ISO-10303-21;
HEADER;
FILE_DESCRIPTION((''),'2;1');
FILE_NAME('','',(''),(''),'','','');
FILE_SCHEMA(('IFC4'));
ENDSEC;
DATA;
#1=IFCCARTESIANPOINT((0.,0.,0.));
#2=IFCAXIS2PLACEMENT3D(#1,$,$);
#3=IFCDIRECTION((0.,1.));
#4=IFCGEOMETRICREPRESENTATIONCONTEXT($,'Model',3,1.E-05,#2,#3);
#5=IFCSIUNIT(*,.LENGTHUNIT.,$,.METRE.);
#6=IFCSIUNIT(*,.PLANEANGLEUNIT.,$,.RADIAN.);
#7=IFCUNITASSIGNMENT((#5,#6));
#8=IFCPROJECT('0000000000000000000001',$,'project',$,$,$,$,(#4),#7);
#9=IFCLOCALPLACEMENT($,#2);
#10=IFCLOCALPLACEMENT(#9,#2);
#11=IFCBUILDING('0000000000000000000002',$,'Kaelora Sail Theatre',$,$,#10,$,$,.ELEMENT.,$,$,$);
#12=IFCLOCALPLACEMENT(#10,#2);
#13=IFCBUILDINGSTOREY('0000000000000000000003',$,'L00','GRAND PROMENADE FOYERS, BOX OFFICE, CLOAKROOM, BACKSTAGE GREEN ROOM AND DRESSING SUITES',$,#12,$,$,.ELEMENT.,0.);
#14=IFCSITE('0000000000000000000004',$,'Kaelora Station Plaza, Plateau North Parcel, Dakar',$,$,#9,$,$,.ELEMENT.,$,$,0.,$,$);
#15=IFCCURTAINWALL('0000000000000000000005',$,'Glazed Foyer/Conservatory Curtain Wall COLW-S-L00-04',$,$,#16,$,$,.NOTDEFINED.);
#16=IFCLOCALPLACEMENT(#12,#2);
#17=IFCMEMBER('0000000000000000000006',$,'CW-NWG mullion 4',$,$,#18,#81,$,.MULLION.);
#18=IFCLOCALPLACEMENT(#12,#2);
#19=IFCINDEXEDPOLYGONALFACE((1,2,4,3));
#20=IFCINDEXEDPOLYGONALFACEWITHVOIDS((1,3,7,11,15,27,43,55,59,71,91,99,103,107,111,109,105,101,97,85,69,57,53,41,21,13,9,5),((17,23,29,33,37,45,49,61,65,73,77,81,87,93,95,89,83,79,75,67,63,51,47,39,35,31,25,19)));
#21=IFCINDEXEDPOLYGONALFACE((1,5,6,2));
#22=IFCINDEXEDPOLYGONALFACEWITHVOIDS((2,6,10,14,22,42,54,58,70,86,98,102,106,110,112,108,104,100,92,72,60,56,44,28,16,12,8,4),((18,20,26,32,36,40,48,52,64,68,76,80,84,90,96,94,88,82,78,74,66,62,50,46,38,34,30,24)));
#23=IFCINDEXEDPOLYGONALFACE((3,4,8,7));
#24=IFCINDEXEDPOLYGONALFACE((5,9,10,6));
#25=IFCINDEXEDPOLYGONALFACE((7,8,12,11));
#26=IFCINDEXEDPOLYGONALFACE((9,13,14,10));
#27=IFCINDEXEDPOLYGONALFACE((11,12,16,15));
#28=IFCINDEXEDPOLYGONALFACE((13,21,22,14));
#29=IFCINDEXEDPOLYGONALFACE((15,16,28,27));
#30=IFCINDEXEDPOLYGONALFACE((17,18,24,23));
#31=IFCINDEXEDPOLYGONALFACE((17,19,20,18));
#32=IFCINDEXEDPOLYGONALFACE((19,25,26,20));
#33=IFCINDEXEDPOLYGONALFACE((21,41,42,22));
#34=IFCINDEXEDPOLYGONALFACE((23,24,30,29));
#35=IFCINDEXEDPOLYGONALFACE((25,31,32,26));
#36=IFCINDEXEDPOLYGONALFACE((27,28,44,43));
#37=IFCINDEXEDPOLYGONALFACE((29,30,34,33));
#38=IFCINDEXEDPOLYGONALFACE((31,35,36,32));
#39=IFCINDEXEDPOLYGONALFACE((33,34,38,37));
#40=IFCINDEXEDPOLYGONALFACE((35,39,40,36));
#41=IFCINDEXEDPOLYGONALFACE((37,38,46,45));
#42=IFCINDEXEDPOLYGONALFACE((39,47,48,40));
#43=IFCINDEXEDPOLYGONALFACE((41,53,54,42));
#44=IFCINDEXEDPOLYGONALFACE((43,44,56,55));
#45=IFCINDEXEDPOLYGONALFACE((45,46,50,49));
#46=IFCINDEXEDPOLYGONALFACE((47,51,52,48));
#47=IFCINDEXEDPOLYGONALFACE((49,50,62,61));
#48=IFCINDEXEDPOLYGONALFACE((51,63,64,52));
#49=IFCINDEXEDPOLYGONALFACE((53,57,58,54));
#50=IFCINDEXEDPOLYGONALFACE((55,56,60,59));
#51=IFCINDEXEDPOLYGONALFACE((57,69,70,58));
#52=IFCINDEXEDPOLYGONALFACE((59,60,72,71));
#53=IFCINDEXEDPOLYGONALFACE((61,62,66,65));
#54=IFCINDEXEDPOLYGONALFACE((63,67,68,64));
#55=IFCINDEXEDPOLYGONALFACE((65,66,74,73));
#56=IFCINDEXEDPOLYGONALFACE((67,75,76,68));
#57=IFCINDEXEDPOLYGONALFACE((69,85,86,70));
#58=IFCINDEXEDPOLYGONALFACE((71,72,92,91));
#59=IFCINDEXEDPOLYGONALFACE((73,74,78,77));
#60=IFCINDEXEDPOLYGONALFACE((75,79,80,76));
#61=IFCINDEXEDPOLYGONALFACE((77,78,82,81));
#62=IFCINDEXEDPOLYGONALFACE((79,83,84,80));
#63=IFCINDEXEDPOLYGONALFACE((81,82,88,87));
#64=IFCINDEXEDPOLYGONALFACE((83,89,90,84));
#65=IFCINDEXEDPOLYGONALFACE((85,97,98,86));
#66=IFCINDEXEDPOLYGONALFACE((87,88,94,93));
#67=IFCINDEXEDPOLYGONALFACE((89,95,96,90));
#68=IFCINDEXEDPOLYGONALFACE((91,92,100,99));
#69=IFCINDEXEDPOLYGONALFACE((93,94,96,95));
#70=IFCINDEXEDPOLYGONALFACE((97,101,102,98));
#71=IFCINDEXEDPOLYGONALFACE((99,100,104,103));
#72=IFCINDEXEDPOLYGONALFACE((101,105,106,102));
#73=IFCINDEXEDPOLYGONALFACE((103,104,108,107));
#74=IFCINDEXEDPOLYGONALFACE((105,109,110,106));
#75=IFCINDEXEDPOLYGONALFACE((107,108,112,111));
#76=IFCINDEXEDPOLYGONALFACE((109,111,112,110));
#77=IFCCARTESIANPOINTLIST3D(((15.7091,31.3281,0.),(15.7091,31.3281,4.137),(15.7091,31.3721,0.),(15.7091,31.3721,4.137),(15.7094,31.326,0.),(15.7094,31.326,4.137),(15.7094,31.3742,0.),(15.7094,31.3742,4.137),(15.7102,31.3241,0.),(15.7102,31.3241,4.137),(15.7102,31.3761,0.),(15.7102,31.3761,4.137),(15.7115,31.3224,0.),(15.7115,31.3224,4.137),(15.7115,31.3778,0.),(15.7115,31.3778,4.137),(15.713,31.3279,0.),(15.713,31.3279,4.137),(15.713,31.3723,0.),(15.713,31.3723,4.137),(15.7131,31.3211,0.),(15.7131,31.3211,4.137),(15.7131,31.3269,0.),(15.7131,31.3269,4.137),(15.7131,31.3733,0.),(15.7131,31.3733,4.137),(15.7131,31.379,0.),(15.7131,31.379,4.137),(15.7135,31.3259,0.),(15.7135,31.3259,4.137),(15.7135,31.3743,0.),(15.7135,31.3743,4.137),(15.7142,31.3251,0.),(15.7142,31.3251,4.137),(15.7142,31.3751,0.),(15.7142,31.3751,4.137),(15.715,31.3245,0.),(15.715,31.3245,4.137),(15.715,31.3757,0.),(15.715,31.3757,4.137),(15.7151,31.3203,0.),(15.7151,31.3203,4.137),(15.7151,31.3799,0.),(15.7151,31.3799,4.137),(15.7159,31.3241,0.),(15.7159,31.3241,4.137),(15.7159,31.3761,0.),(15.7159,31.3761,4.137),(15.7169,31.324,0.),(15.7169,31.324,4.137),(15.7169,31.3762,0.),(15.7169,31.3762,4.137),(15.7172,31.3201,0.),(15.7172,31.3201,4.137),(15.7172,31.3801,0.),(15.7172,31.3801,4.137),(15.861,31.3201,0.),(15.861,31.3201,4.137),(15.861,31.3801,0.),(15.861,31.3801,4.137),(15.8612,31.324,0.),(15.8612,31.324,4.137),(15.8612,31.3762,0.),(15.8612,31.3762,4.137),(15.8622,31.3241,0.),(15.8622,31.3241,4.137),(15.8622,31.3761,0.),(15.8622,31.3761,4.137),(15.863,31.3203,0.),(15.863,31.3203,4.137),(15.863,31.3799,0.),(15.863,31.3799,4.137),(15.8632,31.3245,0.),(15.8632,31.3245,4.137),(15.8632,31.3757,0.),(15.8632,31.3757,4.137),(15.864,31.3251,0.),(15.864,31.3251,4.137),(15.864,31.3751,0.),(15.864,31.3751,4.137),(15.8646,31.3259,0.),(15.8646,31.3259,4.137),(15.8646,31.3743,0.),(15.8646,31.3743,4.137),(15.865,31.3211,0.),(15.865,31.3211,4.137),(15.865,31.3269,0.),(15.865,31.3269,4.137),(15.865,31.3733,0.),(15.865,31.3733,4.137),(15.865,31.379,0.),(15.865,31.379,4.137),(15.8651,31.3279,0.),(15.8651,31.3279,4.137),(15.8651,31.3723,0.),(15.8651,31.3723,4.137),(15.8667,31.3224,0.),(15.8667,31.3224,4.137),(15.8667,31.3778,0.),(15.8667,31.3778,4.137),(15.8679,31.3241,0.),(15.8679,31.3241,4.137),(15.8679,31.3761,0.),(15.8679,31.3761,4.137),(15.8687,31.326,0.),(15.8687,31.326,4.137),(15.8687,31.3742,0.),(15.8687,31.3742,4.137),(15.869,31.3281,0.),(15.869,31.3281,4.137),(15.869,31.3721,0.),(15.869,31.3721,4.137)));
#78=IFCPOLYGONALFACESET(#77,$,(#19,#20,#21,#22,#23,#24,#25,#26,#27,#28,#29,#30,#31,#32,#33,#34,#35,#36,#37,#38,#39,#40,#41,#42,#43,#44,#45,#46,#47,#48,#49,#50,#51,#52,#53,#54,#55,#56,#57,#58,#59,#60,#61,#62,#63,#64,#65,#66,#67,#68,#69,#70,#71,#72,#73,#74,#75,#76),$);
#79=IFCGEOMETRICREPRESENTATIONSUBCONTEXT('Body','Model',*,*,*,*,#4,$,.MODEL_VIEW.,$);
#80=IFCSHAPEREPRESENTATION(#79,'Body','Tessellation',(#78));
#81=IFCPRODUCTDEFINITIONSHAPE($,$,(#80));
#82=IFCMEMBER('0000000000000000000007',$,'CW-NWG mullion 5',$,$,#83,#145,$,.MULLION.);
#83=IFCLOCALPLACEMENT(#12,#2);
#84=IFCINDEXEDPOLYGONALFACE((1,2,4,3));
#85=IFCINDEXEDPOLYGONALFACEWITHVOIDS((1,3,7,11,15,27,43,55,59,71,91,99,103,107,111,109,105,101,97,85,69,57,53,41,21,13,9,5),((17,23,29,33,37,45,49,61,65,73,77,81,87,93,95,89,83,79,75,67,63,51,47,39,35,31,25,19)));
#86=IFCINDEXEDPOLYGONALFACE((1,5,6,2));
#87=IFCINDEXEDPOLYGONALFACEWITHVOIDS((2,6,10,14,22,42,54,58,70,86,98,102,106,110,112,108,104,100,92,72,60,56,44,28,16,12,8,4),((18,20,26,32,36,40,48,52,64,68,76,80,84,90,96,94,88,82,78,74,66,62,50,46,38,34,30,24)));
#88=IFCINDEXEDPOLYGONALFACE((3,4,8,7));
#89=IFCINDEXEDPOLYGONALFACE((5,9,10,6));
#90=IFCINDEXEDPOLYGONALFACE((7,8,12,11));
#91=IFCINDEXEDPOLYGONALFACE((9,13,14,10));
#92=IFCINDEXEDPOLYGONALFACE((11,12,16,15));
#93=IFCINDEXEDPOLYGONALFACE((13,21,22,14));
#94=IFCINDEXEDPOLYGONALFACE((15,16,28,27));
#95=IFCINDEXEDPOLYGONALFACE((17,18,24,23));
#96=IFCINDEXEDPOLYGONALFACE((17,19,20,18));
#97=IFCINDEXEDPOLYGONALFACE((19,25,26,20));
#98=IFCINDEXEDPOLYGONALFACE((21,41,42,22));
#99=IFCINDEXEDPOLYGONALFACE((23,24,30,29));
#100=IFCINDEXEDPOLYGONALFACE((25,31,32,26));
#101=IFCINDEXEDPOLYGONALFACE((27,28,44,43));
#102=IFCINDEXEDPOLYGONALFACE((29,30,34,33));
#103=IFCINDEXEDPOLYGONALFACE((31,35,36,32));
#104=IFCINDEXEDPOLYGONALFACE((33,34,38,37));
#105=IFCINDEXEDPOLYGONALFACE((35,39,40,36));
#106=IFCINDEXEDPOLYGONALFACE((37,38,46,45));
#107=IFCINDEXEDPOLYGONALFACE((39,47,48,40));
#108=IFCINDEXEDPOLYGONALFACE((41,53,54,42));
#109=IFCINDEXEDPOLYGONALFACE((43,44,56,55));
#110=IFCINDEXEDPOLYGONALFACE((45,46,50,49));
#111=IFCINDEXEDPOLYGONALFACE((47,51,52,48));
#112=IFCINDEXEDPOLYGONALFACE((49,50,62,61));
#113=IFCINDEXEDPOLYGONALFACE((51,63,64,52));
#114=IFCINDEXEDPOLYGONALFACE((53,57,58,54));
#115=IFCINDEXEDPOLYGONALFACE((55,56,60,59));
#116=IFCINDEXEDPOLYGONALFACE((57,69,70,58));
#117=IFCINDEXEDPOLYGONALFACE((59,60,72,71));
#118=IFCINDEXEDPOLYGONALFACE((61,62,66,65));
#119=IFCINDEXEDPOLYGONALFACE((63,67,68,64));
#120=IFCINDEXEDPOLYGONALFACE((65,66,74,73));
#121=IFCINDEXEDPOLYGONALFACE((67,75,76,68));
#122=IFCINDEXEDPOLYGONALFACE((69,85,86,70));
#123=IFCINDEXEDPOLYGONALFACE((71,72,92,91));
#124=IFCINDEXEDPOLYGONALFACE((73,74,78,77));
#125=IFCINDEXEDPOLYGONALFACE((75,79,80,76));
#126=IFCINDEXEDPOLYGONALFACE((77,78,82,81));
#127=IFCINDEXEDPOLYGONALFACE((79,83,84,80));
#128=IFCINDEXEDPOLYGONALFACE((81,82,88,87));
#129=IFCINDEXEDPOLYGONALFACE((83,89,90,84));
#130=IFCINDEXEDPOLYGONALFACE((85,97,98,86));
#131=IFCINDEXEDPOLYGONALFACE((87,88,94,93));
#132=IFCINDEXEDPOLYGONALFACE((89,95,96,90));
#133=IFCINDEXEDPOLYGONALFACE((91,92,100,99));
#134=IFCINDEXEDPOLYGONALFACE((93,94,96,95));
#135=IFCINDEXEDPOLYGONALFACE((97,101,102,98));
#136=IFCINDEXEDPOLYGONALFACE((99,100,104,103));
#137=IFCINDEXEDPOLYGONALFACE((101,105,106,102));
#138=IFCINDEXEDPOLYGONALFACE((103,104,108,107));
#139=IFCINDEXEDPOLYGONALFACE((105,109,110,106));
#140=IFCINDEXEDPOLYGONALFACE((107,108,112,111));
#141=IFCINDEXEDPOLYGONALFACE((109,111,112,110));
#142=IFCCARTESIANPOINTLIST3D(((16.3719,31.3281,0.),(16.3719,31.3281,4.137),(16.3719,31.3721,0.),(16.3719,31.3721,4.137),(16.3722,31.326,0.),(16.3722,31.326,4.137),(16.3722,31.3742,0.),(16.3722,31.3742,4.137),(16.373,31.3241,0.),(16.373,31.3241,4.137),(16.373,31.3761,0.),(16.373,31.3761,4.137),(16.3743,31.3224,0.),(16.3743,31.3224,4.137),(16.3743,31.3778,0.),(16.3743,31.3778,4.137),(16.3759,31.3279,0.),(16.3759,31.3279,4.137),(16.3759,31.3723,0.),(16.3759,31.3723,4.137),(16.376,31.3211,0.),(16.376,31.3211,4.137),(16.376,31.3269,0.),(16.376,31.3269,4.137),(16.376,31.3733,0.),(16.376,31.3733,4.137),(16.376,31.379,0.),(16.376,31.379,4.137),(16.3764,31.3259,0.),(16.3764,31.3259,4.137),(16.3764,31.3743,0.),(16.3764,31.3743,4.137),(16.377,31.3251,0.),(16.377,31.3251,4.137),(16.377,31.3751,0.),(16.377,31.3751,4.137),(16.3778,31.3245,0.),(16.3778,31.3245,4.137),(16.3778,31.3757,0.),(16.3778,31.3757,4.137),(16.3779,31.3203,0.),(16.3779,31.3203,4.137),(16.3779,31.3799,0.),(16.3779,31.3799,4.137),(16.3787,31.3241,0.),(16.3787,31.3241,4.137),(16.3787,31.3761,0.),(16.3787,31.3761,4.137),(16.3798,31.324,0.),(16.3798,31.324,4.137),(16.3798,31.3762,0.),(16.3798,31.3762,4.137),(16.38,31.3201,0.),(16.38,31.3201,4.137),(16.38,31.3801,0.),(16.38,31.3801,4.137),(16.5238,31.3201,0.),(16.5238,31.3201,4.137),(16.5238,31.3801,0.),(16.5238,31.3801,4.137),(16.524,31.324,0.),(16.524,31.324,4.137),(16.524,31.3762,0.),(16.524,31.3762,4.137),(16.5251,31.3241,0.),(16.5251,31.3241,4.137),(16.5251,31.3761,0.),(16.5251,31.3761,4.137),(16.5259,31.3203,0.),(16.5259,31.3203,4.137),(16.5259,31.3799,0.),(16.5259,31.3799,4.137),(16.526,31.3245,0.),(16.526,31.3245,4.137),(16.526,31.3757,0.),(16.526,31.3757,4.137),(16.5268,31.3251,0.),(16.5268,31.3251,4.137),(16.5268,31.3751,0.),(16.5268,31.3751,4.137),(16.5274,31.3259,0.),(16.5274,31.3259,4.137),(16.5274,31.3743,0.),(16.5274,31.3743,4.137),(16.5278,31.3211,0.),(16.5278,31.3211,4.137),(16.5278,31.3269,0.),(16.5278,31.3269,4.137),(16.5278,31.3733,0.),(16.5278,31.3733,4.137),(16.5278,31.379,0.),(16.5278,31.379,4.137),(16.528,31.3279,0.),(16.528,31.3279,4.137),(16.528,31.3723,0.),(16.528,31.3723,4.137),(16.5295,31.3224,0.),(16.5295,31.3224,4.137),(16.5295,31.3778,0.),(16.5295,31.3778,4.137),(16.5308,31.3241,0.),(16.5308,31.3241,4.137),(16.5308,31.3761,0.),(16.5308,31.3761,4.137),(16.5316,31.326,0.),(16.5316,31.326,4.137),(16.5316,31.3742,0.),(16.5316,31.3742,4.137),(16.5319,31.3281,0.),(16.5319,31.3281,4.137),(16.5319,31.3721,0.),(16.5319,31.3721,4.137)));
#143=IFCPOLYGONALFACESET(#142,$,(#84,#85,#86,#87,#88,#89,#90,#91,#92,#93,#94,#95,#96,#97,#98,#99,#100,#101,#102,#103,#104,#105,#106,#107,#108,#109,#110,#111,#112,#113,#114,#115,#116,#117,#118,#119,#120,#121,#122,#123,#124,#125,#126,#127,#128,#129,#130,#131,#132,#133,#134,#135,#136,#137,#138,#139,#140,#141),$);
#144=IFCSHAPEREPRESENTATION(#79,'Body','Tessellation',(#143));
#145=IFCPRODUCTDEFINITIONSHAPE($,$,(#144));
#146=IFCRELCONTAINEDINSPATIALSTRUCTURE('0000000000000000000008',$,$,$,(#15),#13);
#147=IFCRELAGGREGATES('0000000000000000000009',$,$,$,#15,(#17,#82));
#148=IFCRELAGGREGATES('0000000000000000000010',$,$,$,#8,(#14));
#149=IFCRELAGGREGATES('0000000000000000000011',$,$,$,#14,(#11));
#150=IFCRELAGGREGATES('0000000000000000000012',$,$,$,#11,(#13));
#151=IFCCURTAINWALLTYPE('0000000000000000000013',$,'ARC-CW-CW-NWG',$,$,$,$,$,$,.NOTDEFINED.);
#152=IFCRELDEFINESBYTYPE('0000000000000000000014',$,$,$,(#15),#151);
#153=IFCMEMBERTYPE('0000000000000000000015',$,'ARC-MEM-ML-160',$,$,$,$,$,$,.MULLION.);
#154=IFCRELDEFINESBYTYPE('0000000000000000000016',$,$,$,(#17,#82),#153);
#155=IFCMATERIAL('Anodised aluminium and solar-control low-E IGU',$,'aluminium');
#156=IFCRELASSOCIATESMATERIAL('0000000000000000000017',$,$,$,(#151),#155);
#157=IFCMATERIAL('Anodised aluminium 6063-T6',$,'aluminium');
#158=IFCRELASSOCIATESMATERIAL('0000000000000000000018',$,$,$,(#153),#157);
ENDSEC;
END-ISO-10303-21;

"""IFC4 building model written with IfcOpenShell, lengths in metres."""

from ifc_helpers import new_model, si_unit, direction, frame, origin, origin_2d, place, context, subcontext, project, spatial, hollow_rectangle, extrude, material, material_profile, profile_set, type_object, element, aggregate, save


model = new_model("IFC4")

# Units and contexts
model_context = context("Model", 3, precision=1e-05, world=origin(), true_north=direction((0.0, 1.0)))
body_context = subcontext(model_context, "Body", "Model", "MODEL_VIEW")
ifc_project = project(units=[si_unit("LENGTHUNIT", "METRE"), si_unit("PLANEANGLEUNIT", "RADIAN")], contexts=[model_context])

# Site, building, storey
site_placement = place(None, origin())
site = spatial("IfcSite", under=ifc_project, at=site_placement, Name="Kaelora Station Plaza, Plateau North Parcel, Dakar", CompositionType="ELEMENT", RefElevation=0.0)
building_placement = place(site_placement, origin())
building = spatial("IfcBuilding", under=site, at=building_placement, Name="Kaelora Sail Theatre", CompositionType="ELEMENT")
storey_placement = place(building_placement, origin())
storey = spatial("IfcBuildingStorey", under=building, at=storey_placement, Name="L00", Description="GRAND PROMENADE FOYERS, BOX OFFICE, CLOAKROOM, BACKSTAGE GREEN ROOM AND DRESSING SUITES", CompositionType="ELEMENT", Elevation=0.0)

# Curtain wall, members
ifc_material_1 = material(Name="Anodised aluminium and solar-control low-E IGU", Category="aluminium")
curtain_wall_type = type_object("IfcCurtainWallType", Name="ARC-CW-CW-NWG", PredefinedType="NOTDEFINED", material=ifc_material_1)
curtain_wall_placement = place(storey_placement, origin())
curtain_wall = element("IfcCurtainWall", 1, at=curtain_wall_placement, inside=storey, type_object=curtain_wall_type, Name="Glazed Foyer/Conservatory Curtain Wall COLW-S-L00-04", PredefinedType="NOTDEFINED")
ifc_material_2 = material(Name="Anodised aluminium 6063-T6", Category="aluminium")
ifc_material_profile_1 = material_profile(ifc_material_2, hollow_rectangle(XDim=0.0601, YDim=0.1599, WallThickness=0.0039, InnerFilletRadius=0.0039, OuterFilletRadius=0.0081, at=origin_2d()), Name="ALU-MULL 60x160x4")
ifc_profile_set_1 = profile_set([ifc_material_profile_1], Name="Anodised aluminium 6063-T6")
member_type_1 = type_object("IfcMemberType", Name="ARC-MEM-ML-160", PredefinedType="MULLION", material=ifc_profile_set_1)
member_1_placement = place(storey_placement, frame((15.7891, 31.3501, 0.0), z_axis=(0.0, 0.0, 1.0), x_axis=(0.0, 1.0, 0.0)))
member_1 = element("IfcMember", 2, at=member_1_placement, type_object=member_type_1, Name="CW-NWG mullion 4", PredefinedType="MULLION", context=body_context, shape_type="SweptSolid", body=[
    extrude(hollow_rectangle(XDim=0.0601, YDim=0.1599, WallThickness=0.0039, InnerFilletRadius=0.0039, OuterFilletRadius=0.0081, at=origin_2d()), origin(), (0.0, 0.0, 1.0), 4.137),
])
member_2_placement = place(storey_placement, frame((16.4519, 31.3501, 0.0), z_axis=(0.0, 0.0, 1.0), x_axis=(0.0, 1.0, 0.0)))
member_2 = element("IfcMember", 3, at=member_2_placement, type_object=member_type_1, Name="CW-NWG mullion 5", PredefinedType="MULLION", context=body_context, shape_type="SweptSolid", body=[
    extrude(hollow_rectangle(XDim=0.0601, YDim=0.1599, WallThickness=0.0039, InnerFilletRadius=0.0039, OuterFilletRadius=0.0081, at=origin_2d()), origin(), (0.0, 0.0, 1.0), 4.137),
])
aggregate(curtain_wall, [member_1, member_2])

save(model, "model.ifc")
